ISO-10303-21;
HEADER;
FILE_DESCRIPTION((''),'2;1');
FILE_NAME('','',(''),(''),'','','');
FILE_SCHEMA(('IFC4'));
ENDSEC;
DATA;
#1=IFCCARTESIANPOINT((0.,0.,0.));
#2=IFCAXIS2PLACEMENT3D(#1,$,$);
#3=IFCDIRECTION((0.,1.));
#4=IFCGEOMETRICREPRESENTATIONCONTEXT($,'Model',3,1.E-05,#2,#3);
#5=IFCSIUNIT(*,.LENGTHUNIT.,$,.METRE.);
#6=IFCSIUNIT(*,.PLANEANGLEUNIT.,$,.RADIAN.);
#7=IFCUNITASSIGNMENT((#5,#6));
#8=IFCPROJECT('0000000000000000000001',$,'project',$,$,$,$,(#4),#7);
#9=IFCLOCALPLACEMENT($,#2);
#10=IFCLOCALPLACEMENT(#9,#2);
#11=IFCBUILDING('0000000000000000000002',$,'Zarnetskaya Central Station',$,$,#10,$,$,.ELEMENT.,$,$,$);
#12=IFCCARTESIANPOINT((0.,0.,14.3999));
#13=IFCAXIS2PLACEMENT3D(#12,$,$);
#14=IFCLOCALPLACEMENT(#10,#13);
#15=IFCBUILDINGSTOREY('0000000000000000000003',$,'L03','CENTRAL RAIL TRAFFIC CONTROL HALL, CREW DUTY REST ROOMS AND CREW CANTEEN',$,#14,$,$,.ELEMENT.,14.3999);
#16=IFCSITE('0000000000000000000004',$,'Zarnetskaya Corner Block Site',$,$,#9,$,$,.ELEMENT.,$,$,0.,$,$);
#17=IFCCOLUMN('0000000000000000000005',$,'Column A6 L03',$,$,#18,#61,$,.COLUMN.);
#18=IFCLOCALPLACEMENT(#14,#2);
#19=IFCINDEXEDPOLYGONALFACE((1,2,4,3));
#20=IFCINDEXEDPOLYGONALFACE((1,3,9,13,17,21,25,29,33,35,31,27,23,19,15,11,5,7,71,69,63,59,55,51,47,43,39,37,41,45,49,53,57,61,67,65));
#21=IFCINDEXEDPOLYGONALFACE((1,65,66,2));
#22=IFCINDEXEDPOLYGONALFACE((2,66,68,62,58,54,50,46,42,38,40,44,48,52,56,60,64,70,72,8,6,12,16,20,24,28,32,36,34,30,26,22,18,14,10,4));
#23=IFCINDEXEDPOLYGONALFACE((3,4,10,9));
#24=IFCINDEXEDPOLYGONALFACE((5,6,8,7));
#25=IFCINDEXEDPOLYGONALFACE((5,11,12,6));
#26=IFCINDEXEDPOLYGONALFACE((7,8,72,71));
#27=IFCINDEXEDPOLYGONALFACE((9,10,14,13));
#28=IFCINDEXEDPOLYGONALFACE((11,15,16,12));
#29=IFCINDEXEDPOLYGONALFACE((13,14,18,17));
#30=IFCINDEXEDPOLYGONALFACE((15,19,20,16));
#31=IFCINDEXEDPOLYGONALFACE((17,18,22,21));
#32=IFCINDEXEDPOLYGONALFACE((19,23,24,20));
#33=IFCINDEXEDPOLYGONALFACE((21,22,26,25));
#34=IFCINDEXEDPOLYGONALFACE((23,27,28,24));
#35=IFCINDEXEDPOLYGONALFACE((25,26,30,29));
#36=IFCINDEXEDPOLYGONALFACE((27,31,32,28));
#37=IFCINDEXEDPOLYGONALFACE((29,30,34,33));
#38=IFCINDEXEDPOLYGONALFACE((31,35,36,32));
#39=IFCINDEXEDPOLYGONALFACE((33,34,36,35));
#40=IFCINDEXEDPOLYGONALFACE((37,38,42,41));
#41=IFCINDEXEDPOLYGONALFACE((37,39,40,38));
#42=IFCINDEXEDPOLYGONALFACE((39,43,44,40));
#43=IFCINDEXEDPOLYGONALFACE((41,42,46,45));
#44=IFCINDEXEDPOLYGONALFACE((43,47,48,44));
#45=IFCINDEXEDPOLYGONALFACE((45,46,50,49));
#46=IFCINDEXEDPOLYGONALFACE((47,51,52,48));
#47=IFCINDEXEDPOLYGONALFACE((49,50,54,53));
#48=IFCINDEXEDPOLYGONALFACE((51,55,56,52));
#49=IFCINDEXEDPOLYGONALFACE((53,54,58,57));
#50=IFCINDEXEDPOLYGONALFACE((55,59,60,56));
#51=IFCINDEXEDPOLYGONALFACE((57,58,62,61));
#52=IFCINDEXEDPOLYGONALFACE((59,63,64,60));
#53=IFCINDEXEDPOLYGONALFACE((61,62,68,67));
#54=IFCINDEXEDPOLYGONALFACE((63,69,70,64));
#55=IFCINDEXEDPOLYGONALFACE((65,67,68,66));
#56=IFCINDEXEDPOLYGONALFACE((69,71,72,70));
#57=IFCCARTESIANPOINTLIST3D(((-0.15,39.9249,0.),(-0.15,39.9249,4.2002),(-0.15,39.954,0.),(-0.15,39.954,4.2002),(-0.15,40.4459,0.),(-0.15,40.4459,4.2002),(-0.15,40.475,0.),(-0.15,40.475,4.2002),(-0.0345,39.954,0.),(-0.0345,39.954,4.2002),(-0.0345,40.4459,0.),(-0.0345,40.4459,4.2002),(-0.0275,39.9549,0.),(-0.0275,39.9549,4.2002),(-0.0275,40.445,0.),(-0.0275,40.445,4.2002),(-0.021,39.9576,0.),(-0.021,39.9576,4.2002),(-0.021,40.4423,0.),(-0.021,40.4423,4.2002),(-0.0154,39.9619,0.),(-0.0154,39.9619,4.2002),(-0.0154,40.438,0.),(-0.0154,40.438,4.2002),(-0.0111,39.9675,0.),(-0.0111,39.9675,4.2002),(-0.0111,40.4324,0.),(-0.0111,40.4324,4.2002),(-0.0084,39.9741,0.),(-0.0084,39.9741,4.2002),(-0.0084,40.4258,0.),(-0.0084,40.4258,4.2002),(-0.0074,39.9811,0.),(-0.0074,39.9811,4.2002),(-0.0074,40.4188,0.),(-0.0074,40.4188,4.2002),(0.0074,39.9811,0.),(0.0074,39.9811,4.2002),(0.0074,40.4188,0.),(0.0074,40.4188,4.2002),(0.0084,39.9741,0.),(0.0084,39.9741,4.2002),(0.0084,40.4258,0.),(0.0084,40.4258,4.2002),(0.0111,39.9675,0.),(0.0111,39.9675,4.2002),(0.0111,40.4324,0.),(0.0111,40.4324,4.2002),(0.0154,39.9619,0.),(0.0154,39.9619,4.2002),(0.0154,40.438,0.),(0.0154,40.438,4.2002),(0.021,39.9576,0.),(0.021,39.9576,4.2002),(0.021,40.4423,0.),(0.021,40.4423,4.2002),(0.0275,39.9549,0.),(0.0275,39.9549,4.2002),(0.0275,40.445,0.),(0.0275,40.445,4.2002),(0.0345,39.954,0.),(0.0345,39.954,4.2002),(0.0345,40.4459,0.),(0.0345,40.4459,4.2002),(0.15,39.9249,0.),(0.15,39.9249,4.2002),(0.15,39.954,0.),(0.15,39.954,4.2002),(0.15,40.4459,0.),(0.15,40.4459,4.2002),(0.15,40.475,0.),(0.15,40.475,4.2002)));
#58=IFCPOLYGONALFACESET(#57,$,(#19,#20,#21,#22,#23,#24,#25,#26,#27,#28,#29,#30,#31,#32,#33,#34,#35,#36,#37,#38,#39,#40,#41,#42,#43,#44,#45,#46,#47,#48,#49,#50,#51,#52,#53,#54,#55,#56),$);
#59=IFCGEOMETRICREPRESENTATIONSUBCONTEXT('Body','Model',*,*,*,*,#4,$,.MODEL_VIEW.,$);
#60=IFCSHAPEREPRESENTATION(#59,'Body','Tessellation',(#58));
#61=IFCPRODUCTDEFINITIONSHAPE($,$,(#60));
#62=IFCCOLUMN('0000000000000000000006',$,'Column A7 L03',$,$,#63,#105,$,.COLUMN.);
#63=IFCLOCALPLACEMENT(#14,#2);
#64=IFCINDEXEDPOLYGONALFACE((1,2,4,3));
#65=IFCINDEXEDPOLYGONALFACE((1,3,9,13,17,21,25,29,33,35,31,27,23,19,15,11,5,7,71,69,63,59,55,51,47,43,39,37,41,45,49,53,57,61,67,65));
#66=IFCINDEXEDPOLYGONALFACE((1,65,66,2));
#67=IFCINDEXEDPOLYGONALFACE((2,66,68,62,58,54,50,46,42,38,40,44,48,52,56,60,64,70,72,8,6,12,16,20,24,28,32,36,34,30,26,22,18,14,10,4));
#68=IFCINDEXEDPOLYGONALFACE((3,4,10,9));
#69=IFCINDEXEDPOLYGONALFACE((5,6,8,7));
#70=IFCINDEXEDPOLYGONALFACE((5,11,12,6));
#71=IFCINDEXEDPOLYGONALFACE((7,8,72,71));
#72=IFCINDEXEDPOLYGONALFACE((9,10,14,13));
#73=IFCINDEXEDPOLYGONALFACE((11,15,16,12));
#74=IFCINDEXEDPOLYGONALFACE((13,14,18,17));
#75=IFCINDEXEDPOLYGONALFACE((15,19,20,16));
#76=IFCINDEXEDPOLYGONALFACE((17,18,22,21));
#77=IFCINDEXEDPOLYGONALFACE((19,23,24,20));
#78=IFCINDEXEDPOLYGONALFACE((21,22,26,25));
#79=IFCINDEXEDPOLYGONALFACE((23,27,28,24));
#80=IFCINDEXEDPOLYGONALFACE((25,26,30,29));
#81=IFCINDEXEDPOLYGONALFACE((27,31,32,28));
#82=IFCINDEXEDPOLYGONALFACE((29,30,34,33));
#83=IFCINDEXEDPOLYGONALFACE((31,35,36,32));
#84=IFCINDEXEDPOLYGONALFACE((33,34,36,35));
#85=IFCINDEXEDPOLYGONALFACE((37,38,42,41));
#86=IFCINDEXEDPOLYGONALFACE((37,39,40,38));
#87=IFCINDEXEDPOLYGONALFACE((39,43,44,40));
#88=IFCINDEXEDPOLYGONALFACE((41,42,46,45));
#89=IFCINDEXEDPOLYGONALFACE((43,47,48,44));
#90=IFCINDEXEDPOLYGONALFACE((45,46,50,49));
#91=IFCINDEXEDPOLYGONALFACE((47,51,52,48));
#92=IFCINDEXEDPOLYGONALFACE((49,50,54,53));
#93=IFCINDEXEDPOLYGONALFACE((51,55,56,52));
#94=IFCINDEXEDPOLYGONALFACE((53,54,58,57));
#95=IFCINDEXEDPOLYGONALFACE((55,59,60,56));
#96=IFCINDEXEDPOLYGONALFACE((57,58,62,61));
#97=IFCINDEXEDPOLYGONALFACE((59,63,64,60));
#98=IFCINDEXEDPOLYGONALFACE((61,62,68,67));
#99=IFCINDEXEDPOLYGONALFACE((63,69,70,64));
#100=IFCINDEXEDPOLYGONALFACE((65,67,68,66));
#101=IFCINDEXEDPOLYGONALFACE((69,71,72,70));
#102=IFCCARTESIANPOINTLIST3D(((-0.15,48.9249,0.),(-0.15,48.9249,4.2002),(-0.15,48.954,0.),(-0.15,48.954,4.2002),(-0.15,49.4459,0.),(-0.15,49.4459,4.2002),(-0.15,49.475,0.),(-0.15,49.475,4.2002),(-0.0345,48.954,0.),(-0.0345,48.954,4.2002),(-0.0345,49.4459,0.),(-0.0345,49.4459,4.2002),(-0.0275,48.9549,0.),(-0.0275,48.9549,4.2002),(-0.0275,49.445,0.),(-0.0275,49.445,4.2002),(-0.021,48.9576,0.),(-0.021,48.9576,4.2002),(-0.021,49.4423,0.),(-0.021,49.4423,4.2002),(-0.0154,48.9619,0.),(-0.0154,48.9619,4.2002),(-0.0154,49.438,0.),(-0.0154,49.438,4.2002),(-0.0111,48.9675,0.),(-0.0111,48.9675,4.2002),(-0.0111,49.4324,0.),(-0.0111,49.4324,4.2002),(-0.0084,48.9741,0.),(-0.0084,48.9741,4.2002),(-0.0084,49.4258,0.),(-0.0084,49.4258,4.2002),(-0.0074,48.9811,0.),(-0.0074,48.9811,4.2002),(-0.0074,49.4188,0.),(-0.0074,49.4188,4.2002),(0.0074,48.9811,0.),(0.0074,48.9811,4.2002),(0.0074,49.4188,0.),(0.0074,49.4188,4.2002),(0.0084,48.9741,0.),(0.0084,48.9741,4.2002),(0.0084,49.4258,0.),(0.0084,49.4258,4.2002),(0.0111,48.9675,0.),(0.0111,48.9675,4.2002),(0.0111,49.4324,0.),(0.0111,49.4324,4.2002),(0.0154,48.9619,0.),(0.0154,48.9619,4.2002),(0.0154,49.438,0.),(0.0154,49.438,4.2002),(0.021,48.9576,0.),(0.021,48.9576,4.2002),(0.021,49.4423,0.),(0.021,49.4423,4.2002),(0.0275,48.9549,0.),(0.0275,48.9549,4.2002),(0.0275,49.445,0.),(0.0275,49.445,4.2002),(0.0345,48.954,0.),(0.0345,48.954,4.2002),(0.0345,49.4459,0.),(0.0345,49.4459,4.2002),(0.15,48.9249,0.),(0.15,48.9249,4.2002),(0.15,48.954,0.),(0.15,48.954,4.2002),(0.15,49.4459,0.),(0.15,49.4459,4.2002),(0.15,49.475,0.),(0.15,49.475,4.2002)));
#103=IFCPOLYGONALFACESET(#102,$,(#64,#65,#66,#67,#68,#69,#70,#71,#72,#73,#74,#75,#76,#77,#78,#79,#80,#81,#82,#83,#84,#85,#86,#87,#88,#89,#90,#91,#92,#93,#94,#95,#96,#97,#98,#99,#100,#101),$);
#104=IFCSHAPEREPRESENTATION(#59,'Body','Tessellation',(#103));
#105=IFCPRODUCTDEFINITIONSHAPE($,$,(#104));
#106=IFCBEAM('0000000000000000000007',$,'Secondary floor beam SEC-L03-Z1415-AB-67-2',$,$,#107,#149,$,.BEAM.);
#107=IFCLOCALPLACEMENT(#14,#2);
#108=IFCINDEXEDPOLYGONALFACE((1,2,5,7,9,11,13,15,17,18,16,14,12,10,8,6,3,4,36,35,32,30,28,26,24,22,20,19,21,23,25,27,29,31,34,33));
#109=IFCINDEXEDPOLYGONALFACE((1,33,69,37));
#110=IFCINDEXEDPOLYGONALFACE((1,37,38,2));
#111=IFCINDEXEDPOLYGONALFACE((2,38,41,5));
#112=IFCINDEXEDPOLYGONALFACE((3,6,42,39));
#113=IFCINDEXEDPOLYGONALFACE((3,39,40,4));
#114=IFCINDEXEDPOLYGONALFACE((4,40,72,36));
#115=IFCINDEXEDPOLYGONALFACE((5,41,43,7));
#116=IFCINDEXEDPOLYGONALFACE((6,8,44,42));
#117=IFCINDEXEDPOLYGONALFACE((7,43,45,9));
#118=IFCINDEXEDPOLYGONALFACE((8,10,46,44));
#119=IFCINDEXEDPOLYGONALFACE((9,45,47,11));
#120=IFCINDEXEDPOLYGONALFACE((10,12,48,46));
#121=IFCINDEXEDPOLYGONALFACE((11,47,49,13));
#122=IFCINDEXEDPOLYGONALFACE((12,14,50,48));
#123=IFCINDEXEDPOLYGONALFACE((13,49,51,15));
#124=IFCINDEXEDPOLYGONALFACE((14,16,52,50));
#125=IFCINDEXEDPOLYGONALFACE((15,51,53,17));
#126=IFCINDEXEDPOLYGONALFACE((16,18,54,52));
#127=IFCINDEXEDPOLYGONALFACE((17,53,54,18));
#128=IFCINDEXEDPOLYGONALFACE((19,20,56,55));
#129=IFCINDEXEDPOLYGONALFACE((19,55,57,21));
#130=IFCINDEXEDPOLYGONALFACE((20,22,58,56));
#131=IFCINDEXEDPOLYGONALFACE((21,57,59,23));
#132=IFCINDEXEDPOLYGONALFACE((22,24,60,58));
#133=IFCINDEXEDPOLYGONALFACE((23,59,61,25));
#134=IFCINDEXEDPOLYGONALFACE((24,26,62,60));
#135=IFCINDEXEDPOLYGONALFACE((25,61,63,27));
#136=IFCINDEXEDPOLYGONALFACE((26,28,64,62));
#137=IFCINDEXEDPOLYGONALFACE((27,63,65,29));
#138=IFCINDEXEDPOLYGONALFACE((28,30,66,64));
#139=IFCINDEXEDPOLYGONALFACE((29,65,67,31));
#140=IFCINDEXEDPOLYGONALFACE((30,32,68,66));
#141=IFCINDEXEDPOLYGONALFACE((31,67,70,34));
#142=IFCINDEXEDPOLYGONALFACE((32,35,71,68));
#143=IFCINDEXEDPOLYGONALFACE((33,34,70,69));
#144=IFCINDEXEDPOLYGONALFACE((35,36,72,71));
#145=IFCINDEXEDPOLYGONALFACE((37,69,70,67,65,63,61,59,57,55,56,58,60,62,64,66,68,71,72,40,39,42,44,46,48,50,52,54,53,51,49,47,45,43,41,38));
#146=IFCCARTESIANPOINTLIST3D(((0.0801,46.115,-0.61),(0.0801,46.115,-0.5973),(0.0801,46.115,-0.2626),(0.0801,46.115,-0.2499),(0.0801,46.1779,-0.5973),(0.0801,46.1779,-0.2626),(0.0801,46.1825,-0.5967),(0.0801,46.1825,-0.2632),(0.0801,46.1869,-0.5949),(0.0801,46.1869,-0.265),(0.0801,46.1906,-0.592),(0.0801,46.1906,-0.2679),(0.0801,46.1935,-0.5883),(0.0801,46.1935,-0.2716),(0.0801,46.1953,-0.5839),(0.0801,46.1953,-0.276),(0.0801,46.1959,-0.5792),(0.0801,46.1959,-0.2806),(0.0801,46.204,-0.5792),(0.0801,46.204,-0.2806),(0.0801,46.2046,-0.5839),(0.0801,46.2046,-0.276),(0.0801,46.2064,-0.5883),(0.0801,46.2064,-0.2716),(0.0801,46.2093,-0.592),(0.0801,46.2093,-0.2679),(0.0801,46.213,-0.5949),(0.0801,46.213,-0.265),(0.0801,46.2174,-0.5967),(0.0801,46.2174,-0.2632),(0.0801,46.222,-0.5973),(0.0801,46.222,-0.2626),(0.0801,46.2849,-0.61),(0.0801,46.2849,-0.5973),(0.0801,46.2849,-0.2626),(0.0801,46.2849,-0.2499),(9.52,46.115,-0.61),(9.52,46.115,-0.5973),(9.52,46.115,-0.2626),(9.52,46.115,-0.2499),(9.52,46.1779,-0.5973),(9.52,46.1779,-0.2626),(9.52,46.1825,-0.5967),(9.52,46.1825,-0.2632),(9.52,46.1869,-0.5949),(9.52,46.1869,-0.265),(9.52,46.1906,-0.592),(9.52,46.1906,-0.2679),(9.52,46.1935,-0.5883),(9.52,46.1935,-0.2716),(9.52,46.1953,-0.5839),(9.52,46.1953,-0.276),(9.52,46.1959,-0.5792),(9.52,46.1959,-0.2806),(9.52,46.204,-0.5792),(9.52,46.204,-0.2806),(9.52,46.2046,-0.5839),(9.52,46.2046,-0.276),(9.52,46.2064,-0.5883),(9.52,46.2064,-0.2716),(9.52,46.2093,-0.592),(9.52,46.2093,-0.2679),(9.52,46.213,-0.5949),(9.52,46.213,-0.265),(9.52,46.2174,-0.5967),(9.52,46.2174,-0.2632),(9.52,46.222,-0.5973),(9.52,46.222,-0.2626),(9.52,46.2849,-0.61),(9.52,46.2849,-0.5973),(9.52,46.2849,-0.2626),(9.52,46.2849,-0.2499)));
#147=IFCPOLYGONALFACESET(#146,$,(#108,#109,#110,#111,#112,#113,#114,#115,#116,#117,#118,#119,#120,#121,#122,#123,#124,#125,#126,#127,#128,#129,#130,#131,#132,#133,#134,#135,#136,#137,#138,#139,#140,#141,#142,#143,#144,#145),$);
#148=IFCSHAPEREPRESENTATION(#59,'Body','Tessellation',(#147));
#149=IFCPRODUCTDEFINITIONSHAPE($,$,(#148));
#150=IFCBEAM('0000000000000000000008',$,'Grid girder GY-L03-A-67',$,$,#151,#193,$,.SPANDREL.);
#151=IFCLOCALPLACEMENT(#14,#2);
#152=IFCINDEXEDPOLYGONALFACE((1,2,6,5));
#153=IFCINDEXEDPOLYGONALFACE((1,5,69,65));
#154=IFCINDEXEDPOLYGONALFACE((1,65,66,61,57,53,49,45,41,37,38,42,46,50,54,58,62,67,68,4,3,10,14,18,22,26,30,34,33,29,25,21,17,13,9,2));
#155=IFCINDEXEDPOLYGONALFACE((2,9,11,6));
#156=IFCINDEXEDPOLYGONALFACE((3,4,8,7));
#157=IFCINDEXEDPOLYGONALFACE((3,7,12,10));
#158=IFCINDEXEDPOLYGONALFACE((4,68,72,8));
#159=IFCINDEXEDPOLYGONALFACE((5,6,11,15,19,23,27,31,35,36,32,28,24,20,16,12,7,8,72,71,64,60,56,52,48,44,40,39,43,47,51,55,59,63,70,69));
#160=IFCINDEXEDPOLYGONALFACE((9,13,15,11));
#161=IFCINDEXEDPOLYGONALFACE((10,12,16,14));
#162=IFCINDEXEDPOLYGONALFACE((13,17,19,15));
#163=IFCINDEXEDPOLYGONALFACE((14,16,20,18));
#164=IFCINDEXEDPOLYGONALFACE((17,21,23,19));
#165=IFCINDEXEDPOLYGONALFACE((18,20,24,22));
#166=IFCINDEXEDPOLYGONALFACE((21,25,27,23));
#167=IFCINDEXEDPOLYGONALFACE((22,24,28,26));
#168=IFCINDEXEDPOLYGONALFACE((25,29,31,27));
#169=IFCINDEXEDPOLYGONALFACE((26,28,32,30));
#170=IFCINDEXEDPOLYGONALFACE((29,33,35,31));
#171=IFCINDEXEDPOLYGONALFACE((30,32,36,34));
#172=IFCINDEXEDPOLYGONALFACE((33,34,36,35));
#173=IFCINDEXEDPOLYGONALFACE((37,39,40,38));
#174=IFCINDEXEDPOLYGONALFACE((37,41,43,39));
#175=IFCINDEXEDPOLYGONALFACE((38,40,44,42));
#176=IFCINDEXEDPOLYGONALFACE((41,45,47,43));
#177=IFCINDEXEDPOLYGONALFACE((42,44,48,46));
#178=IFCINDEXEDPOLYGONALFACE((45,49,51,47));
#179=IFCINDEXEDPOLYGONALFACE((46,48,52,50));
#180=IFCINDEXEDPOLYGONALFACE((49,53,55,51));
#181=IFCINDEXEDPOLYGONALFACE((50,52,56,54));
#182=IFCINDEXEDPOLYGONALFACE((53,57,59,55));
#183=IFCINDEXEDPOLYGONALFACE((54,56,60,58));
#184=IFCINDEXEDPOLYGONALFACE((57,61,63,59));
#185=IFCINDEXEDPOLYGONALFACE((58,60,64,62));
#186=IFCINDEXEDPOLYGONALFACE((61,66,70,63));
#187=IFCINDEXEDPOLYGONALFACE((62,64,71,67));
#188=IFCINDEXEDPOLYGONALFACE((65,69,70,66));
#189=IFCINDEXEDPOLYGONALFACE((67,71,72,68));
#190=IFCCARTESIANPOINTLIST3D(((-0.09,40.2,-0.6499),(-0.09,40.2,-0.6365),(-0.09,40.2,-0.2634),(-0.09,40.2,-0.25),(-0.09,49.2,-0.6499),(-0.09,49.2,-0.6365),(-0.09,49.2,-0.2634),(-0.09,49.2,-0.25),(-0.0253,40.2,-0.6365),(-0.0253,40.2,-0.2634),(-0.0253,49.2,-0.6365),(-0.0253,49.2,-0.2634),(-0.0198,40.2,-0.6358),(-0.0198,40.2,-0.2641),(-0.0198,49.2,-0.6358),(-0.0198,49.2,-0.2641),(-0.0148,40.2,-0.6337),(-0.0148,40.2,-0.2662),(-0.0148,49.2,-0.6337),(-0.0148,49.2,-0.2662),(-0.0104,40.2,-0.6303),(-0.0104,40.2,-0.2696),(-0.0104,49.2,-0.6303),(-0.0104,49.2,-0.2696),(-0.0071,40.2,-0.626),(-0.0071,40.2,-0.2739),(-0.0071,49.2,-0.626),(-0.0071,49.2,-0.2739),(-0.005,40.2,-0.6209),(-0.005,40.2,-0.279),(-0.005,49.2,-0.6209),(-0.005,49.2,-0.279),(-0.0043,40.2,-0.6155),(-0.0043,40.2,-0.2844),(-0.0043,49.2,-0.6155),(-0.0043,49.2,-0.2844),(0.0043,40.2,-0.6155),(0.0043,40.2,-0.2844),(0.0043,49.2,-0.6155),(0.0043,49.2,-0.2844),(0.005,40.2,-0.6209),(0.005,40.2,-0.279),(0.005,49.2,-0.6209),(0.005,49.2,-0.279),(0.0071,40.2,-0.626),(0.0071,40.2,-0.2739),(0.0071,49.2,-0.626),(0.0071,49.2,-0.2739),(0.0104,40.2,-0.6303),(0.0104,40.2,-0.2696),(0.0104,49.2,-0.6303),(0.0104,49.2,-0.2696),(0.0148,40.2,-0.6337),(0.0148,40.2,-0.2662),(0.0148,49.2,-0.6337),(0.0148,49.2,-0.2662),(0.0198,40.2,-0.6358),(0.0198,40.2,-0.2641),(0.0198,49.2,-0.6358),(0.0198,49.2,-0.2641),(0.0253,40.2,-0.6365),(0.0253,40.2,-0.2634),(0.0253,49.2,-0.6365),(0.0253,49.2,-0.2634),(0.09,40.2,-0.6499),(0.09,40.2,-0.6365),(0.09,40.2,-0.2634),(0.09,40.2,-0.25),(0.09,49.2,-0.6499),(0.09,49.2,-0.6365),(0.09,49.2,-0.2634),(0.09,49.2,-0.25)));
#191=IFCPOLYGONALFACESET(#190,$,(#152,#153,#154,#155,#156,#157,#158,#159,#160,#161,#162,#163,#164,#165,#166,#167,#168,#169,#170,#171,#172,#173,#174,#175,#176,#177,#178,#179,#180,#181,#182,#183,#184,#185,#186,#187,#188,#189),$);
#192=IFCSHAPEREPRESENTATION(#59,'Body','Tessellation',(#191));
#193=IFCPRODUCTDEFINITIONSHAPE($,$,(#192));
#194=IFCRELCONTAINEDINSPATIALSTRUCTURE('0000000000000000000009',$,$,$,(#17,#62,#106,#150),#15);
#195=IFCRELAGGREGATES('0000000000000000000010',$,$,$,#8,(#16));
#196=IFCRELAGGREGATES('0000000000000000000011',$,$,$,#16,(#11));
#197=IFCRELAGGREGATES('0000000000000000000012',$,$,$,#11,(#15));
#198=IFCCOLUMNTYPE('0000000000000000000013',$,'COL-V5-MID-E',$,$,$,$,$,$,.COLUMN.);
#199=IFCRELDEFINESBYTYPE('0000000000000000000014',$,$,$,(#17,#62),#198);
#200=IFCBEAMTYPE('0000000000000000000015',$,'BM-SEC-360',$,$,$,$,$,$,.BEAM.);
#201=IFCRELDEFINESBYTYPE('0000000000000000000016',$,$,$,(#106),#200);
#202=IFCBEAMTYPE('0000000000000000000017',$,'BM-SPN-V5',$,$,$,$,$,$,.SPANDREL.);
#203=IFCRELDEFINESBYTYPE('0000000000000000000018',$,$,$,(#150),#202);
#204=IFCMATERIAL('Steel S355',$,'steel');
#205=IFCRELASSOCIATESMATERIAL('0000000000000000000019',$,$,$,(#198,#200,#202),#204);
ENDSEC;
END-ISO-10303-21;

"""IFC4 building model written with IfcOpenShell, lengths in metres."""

from ifc_helpers import new_model, si_unit, direction, frame, origin, origin_2d, place, context, subcontext, project, spatial, i_section, extrude, material, material_profile, profile_set, type_object, element, save


model = new_model("IFC4")

# Units and contexts
model_context = context("Model", 3, precision=1e-05, world=origin(), true_north=direction((0.0, 1.0)))
body_context = subcontext(model_context, "Body", "Model", "MODEL_VIEW")
ifc_project = project(units=[si_unit("LENGTHUNIT", "METRE"), si_unit("PLANEANGLEUNIT", "RADIAN")], contexts=[model_context])

# Site, building, storey
site_placement = place(None, origin())
site = spatial("IfcSite", under=ifc_project, at=site_placement, Name="Zarnetskaya Corner Block Site", CompositionType="ELEMENT", RefElevation=0.0)
building_placement = place(site_placement, origin())
building = spatial("IfcBuilding", under=site, at=building_placement, Name="Zarnetskaya Central Station", CompositionType="ELEMENT")
storey_placement = place(building_placement, frame((0.0, 0.0, 14.3999)))
storey = spatial("IfcBuildingStorey", under=building, at=storey_placement, Name="L03", Description="CENTRAL RAIL TRAFFIC CONTROL HALL, CREW DUTY REST ROOMS AND CREW CANTEEN", CompositionType="ELEMENT", Elevation=14.3999)

# Columns
ifc_material_1 = material(Name="Steel S355", Category="steel")
ifc_material_profile_1 = material_profile(ifc_material_1, i_section(OverallWidth=0.3, OverallDepth=0.55, WebThickness=0.0149, FlangeThickness=0.0291, FilletRadius=0.0271, at=origin_2d()), Name="HEB 550")
ifc_profile_set_1 = profile_set([ifc_material_profile_1], Name="Steel S355")
column_type = type_object("IfcColumnType", Name="COL-V5-MID-E", PredefinedType="COLUMN", material=ifc_profile_set_1)
for number, where, z_axis, x_axis, name in (
    (1, (0.0, 40.2, 0.0), (0.0, 0.0, 1.0), (1.0, 0.0, 0.0), "Column A6 L03"),
    (2, (0.0, 49.2, 0.0), (0.0, 0.0, 1.0), (1.0, 0.0, 0.0), "Column A7 L03"),
):
    element("IfcColumn", number, at=place(storey_placement, frame(where, z_axis=z_axis, x_axis=x_axis)), inside=storey, type_object=column_type, Name=name, PredefinedType="COLUMN", context=body_context, shape_type="SweptSolid", body=[
        extrude(i_section(OverallWidth=0.3, OverallDepth=0.55, WebThickness=0.0149, FlangeThickness=0.0291, FilletRadius=0.0271, at=origin_2d()), origin(), (0.0, 0.0, 1.0), 4.2002),
    ])

# Beams
ifc_material_profile_2 = material_profile(ifc_material_1, i_section(OverallWidth=0.1699, OverallDepth=0.3601, WebThickness=0.0081, FlangeThickness=0.0127, FilletRadius=0.0181, at=origin_2d()), Name="IPE 360")
ifc_profile_set_2 = profile_set([ifc_material_profile_2], Name="Steel S355")
beam_type_1 = type_object("IfcBeamType", Name="BM-SEC-360", PredefinedType="BEAM", material=ifc_profile_set_2)
beam_placement = place(storey_placement, frame((0.0801, 46.2, -0.4299), z_axis=(1.0, 0.0, 0.0), x_axis=(0.0, 1.0, 0.0)))
element("IfcBeam", 3, at=beam_placement, inside=storey, type_object=beam_type_1, Name="Secondary floor beam SEC-L03-Z1415-AB-67-2", PredefinedType="BEAM", context=body_context, shape_type="SweptSolid", body=[
    extrude(i_section(OverallWidth=0.1699, OverallDepth=0.3601, WebThickness=0.0081, FlangeThickness=0.0127, FilletRadius=0.0181, at=origin_2d()), origin(), (0.0, 0.0, 1.0), 9.4399),
])
ifc_material_profile_3 = material_profile(ifc_material_1, i_section(OverallWidth=0.1799, OverallDepth=0.3999, WebThickness=0.0085, FlangeThickness=0.0134, FilletRadius=0.021, at=origin_2d()), Name="IPE 400")
ifc_profile_set_3 = profile_set([ifc_material_profile_3], Name="Steel S355")
beam_type_2 = type_object("IfcBeamType", Name="BM-SPN-V5", PredefinedType="SPANDREL", material=ifc_profile_set_3)
for number, where, z_axis, x_axis, name in (
    (4, (0.0, 40.2, -0.45), (0.0, 1.0, 0.0), (-1.0, 0.0, 0.0), "Grid girder GY-L03-A-67"),
):
    element("IfcBeam", number, at=place(storey_placement, frame(where, z_axis=z_axis, x_axis=x_axis)), inside=storey, type_object=beam_type_2, Name=name, PredefinedType="SPANDREL", context=body_context, shape_type="SweptSolid", body=[
        extrude(i_section(OverallWidth=0.1799, OverallDepth=0.3999, WebThickness=0.0085, FlangeThickness=0.0134, FilletRadius=0.021, at=origin_2d()), origin(), (0.0, 0.0, 1.0), 9.0),
    ])

save(model, "model.ifc")
